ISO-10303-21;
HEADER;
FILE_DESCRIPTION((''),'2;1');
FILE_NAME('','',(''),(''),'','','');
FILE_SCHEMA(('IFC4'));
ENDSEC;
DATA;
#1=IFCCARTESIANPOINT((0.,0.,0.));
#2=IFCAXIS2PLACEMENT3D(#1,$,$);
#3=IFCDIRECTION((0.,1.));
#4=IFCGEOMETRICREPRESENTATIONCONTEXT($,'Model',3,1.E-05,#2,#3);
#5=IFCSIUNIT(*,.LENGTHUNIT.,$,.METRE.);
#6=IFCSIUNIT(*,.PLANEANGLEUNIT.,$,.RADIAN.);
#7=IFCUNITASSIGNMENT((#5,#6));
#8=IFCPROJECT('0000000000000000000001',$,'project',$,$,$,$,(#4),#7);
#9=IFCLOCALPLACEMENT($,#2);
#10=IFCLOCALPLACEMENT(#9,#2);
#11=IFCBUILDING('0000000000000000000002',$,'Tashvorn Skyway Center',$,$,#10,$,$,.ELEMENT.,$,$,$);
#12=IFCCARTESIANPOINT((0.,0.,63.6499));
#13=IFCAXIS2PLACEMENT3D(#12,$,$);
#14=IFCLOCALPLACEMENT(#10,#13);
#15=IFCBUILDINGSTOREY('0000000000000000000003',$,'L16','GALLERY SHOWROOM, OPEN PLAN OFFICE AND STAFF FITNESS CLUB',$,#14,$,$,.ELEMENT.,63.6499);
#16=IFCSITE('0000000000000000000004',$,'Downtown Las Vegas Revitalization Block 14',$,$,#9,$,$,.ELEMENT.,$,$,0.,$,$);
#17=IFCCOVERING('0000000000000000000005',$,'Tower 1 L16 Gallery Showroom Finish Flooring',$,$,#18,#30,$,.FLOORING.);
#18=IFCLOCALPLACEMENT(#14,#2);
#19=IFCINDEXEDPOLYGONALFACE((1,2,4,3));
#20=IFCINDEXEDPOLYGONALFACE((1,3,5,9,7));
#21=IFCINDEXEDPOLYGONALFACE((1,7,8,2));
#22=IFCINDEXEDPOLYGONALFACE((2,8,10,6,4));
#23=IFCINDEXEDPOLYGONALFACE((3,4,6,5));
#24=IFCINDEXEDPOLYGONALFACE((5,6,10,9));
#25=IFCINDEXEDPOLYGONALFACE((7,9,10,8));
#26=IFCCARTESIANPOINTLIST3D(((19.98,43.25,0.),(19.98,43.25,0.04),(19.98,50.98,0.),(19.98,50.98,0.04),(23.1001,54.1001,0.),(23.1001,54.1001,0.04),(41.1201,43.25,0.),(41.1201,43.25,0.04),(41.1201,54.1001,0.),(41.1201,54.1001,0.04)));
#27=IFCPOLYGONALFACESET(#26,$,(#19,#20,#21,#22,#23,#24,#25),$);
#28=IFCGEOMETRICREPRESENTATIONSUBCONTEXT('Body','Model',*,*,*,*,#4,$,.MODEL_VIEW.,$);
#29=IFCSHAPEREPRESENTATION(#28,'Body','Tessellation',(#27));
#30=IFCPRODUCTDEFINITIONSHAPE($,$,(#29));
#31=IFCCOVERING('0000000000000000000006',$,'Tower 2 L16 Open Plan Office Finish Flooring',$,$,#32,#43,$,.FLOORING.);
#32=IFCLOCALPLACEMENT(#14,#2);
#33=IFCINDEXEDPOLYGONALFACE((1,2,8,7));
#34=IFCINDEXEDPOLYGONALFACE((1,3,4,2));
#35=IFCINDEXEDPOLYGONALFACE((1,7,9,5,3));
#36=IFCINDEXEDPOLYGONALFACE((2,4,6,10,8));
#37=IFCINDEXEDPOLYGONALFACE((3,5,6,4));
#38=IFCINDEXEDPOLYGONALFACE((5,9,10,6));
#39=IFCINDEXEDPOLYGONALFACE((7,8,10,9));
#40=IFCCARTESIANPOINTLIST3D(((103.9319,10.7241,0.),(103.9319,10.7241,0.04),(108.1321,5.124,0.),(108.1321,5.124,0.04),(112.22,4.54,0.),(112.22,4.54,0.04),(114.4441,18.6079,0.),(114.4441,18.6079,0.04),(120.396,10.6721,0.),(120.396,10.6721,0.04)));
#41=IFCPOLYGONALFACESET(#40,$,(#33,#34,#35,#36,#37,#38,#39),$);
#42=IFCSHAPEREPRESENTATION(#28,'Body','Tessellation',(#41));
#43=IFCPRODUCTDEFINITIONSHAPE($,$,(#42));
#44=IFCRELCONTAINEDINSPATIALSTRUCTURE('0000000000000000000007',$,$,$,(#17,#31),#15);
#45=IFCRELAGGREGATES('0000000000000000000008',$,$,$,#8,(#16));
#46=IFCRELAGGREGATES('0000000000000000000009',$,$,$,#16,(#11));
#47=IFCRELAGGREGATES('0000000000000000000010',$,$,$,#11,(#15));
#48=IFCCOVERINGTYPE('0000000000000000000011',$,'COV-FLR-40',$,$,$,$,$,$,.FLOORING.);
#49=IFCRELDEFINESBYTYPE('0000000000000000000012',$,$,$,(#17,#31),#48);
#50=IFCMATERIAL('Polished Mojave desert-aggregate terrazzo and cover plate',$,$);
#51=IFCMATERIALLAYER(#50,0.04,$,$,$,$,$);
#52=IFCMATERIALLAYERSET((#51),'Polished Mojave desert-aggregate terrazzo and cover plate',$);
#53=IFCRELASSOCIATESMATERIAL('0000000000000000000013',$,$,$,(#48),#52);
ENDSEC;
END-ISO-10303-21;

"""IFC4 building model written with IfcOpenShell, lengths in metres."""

from ifc_helpers import new_model, si_unit, direction, frame, origin, place, context, subcontext, project, spatial, polyline, outline, extrude, material, layer, layer_set, type_object, element, save


model = new_model("IFC4")

# Units and contexts
model_context = context("Model", 3, precision=1e-05, world=origin(), true_north=direction((0.0, 1.0)))
body_context = subcontext(model_context, "Body", "Model", "MODEL_VIEW")
ifc_project = project(units=[si_unit("LENGTHUNIT", "METRE"), si_unit("PLANEANGLEUNIT", "RADIAN")], contexts=[model_context])

# Site, building, storey
site_placement = place(None, origin())
site = spatial("IfcSite", under=ifc_project, at=site_placement, Name="Downtown Las Vegas Revitalization Block 14", CompositionType="ELEMENT", RefElevation=0.0)
building_placement = place(site_placement, origin())
building = spatial("IfcBuilding", under=site, at=building_placement, Name="Tashvorn Skyway Center", CompositionType="ELEMENT")
storey_placement = place(building_placement, frame((0.0, 0.0, 63.6499)))
storey = spatial("IfcBuildingStorey", under=building, at=storey_placement, Name="L16", Description="GALLERY SHOWROOM, OPEN PLAN OFFICE AND STAFF FITNESS CLUB", CompositionType="ELEMENT", Elevation=63.6499)

# Coverings
ifc_material_1 = material(Name="Polished Mojave desert-aggregate terrazzo and cover plate")
ifc_layer_1 = layer(ifc_material_1, 0.04)
ifc_layer_set_1 = layer_set([ifc_layer_1], Name="Polished Mojave desert-aggregate terrazzo and cover plate")
covering_type_1 = type_object("IfcCoveringType", Name="COV-FLR-40", PredefinedType="FLOORING", material=ifc_layer_set_1)
covering_1_placement = place(storey_placement, origin())
element("IfcCovering", 1, at=covering_1_placement, inside=storey, type_object=covering_type_1, Name="Tower 1 L16 Gallery Showroom Finish Flooring", PredefinedType="FLOORING", context=body_context, shape_type="SweptSolid", body=[
    extrude(outline(polyline([(41.1201, 43.25), (19.98, 43.25), (19.98, 50.98), (23.1001, 54.1001), (41.1201, 54.1001), (41.1201, 43.25)])), origin(), (0.0, 0.0, 1.0), 0.04),
])
covering_2_placement = place(storey_placement, origin())
element("IfcCovering", 2, at=covering_2_placement, inside=storey, type_object=covering_type_1, Name="Tower 2 L16 Open Plan Office Finish Flooring", PredefinedType="FLOORING", context=body_context, shape_type="SweptSolid", body=[
    extrude(outline(polyline([(112.22, 4.54), (108.1321, 5.124), (103.9319, 10.7241), (114.4441, 18.6079), (120.396, 10.6721), (112.22, 4.54)])), origin(), (0.0, 0.0, 1.0), 0.04),
])

save(model, "model.ifc")
